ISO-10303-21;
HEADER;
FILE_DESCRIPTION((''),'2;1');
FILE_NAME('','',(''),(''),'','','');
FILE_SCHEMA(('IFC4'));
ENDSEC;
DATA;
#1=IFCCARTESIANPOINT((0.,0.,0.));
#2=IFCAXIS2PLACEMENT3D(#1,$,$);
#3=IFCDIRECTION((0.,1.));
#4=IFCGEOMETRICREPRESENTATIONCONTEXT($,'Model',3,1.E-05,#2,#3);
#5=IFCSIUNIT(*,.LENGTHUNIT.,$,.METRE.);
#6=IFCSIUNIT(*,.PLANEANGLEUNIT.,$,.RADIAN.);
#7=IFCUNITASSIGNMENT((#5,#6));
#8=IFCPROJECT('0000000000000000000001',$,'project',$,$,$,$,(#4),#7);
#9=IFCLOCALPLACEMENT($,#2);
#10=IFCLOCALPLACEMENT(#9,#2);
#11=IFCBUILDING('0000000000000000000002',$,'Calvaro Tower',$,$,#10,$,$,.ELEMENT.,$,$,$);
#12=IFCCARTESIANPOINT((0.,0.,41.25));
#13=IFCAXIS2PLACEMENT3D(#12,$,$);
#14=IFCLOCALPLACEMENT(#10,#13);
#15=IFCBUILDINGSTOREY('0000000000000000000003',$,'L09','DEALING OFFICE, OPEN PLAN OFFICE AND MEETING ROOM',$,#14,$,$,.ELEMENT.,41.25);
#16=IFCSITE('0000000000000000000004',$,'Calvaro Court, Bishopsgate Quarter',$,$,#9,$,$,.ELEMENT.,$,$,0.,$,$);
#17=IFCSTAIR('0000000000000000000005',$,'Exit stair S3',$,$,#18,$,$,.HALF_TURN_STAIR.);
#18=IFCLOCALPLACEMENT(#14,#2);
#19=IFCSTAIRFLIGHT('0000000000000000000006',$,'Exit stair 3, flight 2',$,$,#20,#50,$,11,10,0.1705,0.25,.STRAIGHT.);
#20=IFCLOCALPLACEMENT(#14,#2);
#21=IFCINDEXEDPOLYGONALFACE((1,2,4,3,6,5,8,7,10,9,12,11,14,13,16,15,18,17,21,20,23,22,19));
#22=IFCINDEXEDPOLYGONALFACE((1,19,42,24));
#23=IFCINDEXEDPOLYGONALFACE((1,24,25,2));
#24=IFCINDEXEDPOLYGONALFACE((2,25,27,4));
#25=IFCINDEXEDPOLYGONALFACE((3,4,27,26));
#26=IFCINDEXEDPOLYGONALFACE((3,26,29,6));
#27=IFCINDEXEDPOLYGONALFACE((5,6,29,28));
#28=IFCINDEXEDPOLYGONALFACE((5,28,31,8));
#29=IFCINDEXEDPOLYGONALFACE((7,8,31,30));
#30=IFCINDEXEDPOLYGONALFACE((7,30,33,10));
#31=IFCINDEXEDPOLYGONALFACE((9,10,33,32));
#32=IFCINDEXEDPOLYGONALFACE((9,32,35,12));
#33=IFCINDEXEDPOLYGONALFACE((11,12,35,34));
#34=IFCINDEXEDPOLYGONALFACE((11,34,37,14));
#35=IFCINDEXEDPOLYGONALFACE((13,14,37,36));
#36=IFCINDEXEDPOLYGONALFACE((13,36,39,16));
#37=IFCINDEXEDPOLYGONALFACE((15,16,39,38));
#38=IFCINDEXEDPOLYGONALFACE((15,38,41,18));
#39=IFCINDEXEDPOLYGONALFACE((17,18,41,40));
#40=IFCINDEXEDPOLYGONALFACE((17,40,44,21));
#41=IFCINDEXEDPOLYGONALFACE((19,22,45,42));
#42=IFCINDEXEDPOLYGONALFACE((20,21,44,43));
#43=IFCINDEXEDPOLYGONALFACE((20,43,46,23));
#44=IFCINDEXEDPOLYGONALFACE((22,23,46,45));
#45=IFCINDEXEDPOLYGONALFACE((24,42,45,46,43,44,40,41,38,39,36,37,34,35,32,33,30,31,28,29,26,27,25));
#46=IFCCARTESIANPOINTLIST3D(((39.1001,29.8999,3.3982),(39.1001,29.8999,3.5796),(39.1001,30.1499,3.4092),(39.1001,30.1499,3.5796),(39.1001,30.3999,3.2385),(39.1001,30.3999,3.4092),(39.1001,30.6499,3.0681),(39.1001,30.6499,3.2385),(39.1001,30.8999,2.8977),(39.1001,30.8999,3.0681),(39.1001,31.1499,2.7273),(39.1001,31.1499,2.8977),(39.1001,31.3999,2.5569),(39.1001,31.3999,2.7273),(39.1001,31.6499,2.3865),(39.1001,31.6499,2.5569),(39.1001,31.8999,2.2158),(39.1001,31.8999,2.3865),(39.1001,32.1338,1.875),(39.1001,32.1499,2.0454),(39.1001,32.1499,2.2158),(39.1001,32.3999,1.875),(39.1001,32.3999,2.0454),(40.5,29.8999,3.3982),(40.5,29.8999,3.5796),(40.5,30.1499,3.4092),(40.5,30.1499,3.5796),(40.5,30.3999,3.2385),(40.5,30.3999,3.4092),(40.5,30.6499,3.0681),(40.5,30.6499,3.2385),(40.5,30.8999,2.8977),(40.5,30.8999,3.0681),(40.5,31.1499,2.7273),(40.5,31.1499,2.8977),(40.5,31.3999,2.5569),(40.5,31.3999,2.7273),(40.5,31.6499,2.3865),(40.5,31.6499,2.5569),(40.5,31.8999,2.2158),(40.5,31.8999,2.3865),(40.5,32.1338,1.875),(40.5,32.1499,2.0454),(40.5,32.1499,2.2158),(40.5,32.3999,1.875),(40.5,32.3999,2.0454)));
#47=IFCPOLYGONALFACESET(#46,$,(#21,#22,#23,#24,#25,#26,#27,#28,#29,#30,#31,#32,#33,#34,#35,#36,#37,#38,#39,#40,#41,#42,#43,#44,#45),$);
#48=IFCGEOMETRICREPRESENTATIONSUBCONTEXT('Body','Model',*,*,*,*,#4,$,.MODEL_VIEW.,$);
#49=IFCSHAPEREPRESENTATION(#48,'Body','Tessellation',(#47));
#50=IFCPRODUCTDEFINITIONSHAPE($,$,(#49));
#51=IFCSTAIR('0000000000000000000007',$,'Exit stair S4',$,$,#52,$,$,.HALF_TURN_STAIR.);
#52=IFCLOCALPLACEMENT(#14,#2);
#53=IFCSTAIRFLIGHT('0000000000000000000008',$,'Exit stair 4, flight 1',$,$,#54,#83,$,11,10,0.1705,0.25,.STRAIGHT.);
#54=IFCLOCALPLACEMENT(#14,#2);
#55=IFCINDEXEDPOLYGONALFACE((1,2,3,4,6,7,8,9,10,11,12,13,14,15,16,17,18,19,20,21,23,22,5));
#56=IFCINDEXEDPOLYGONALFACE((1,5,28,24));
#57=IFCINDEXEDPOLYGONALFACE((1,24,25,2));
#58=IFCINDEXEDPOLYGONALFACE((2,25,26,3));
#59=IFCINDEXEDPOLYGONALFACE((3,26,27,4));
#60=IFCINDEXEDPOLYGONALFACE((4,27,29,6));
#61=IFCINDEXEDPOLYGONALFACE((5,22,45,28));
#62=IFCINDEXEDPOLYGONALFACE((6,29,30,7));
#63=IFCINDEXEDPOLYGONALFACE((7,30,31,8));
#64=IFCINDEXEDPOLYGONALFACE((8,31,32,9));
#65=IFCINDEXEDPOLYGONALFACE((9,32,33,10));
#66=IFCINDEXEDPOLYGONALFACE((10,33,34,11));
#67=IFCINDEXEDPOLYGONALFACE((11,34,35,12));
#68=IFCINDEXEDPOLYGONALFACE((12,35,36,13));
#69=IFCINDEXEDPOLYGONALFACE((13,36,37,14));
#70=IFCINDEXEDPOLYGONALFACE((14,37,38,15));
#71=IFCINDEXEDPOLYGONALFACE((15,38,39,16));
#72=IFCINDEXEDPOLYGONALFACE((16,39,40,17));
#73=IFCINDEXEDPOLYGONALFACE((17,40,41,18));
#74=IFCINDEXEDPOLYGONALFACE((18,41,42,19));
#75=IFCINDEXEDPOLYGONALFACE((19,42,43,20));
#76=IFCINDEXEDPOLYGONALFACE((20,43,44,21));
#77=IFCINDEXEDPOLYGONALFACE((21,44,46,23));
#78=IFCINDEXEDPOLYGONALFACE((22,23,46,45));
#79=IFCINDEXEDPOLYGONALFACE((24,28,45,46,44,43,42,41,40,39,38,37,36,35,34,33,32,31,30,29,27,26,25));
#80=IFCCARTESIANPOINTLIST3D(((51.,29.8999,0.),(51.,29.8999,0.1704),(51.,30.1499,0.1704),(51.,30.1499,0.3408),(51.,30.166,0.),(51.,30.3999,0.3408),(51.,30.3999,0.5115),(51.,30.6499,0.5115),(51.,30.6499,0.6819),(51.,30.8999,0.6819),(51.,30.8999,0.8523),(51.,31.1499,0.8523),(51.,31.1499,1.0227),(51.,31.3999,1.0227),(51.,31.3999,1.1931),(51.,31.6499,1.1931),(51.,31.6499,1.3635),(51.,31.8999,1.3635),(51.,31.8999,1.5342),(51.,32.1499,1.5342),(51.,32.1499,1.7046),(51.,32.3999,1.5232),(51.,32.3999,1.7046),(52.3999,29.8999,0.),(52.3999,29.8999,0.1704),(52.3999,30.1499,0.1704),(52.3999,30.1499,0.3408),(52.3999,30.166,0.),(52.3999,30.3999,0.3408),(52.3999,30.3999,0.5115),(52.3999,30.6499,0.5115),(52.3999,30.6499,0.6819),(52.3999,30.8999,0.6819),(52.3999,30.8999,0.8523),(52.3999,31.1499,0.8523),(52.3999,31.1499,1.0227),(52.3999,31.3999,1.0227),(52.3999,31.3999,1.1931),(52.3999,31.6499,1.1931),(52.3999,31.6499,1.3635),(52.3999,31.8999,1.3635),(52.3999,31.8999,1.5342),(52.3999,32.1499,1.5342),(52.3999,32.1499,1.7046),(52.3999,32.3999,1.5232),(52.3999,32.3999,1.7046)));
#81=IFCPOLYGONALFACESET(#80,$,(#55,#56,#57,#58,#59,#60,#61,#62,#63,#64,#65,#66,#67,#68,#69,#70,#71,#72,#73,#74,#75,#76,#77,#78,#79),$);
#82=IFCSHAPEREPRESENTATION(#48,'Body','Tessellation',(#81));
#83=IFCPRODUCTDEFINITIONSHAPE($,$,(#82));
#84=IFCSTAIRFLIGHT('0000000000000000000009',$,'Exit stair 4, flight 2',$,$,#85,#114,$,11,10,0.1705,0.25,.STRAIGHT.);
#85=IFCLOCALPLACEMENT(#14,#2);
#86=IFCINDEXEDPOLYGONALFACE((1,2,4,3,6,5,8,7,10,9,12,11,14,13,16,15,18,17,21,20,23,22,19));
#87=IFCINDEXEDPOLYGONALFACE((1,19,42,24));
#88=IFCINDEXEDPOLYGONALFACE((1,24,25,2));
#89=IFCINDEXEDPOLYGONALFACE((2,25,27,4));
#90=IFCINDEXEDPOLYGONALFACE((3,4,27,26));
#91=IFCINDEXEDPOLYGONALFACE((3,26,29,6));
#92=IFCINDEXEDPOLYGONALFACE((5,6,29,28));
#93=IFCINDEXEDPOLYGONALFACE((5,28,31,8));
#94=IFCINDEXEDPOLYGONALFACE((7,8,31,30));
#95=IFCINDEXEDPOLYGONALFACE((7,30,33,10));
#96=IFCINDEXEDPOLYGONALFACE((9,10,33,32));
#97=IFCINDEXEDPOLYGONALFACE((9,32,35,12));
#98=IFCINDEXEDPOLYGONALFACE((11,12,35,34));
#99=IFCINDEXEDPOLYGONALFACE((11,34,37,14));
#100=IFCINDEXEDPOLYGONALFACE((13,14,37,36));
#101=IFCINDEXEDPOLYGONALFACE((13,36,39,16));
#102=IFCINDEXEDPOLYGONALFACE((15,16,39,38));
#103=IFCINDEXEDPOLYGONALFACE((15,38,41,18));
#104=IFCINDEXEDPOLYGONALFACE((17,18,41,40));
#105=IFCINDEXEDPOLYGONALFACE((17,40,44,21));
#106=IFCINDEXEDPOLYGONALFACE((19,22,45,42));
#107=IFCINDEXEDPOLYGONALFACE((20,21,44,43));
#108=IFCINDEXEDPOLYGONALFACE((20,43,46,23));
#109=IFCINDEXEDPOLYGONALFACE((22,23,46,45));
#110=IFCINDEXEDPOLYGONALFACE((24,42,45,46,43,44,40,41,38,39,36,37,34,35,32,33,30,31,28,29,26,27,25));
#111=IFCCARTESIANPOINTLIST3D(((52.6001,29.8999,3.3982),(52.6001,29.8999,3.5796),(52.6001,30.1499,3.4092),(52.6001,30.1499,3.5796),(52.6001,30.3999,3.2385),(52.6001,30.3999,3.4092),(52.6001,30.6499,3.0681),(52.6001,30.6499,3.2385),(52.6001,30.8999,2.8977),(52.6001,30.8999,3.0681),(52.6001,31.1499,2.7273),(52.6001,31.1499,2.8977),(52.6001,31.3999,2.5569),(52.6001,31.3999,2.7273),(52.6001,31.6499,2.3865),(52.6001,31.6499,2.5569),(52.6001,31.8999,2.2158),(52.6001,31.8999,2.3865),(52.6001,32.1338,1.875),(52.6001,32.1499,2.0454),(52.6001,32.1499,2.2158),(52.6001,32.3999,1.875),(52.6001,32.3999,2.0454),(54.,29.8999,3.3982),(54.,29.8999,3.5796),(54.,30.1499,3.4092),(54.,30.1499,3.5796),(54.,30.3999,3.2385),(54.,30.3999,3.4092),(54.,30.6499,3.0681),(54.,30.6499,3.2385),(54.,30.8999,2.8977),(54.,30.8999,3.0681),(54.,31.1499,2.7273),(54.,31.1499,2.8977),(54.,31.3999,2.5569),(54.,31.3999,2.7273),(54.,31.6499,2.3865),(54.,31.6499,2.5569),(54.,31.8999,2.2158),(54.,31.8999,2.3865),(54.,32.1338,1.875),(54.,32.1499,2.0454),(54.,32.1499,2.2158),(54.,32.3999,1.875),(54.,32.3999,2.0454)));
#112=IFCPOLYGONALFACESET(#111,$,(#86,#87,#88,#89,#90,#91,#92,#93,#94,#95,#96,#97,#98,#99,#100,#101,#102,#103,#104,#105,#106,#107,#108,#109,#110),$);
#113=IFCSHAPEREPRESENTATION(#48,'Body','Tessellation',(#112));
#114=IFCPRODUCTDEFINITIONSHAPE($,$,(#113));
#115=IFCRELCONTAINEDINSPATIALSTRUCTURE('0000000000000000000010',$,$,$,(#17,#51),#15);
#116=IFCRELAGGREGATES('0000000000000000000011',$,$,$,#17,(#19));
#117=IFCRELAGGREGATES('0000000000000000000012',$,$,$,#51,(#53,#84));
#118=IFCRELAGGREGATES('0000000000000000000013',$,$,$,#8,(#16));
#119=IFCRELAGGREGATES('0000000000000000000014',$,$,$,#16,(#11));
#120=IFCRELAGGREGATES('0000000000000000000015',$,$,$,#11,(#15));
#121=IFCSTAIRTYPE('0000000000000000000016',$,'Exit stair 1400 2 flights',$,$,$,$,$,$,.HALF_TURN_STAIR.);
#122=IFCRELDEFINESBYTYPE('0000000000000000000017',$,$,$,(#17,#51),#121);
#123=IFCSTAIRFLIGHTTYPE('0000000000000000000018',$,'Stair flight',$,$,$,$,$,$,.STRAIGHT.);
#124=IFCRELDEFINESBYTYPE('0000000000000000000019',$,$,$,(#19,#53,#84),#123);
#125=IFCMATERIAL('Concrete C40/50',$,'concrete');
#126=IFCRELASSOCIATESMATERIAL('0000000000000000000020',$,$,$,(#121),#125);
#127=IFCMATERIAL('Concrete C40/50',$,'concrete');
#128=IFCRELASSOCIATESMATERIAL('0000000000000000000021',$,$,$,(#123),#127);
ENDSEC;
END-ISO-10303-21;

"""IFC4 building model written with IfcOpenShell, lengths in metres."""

from ifc_helpers import new_model, si_unit, direction, frame, origin, place, context, subcontext, project, spatial, polyline, outline, extrude, material, type_object, element, aggregate, save


model = new_model("IFC4")

# Units and contexts
model_context = context("Model", 3, precision=1e-05, world=origin(), true_north=direction((0.0, 1.0)))
body_context = subcontext(model_context, "Body", "Model", "MODEL_VIEW")
ifc_project = project(units=[si_unit("LENGTHUNIT", "METRE"), si_unit("PLANEANGLEUNIT", "RADIAN")], contexts=[model_context])

# Site, building, storey
site_placement = place(None, origin())
site = spatial("IfcSite", under=ifc_project, at=site_placement, Name="Calvaro Court, Bishopsgate Quarter", CompositionType="ELEMENT", RefElevation=0.0)
building_placement = place(site_placement, origin())
building = spatial("IfcBuilding", under=site, at=building_placement, Name="Calvaro Tower", CompositionType="ELEMENT")
storey_placement = place(building_placement, frame((0.0, 0.0, 41.25)))
storey = spatial("IfcBuildingStorey", under=building, at=storey_placement, Name="L09", Description="DEALING OFFICE, OPEN PLAN OFFICE AND MEETING ROOM", CompositionType="ELEMENT", Elevation=41.25)

# Stair, stair flight
ifc_material_1 = material(Name="Concrete C40/50", Category="concrete")
stair_type = type_object("IfcStairType", Name="Exit stair 1400 2 flights", PredefinedType="HALF_TURN_STAIR", material=ifc_material_1)
stair_1_placement = place(storey_placement, origin())
stair_1 = element("IfcStair", 1, at=stair_1_placement, inside=storey, type_object=stair_type, Name="Exit stair S3", PredefinedType="HALF_TURN_STAIR")
ifc_material_2 = material(Name="Concrete C40/50", Category="concrete")
stair_flight_type = type_object("IfcStairFlightType", Name="Stair flight", PredefinedType="STRAIGHT", material=ifc_material_2)
stair_flight_1_placement = place(storey_placement, frame((39.8, 32.3999, 1.875), z_axis=(0.0, 0.0, 1.0), x_axis=(0.0, -1.0, 0.0)))
stair_flight_1 = element("IfcStairFlight", 2, at=stair_flight_1_placement, type_object=stair_flight_type, Name="Exit stair 3, flight 2", NumberOfRisers=11, NumberOfTreads=10, PredefinedType="STRAIGHT", RiserHeight=0.1705, TreadLength=0.25, context=body_context, shape_type="SweptSolid", body=[
    extrude(outline(polyline([(0.0, 0.0), (0.0, 0.1704), (0.25, 0.1704), (0.25, 0.3408), (0.5, 0.3408), (0.5, 0.5115), (0.75, 0.5115), (0.75, 0.6819), (1.0, 0.6819), (1.0, 0.8523), (1.25, 0.8523), (1.25, 1.0227), (1.5, 1.0227), (1.5, 1.1931), (1.75, 1.1931), (1.75, 1.3635), (2.0, 1.3635), (2.0, 1.5342), (2.25, 1.5342), (2.25, 1.7046), (2.5, 1.7046), (2.5, 1.875), (2.5, 1.5232), (0.2661, 0.0), (0.0, 0.0)])), frame((0.0, 0.7, 0.0), z_axis=(0.0, -1.0, 0.0), x_axis=(1.0, 0.0, 0.0)), (0.0, 0.0, 1.0), 1.3999),
])

# Stair, stair flights
stair_2_placement = place(storey_placement, origin())
stair_2 = element("IfcStair", 3, at=stair_2_placement, inside=storey, type_object=stair_type, Name="Exit stair S4", PredefinedType="HALF_TURN_STAIR")
stair_flight_2_placement = place(storey_placement, frame((51.7, 29.8999, 0.0), z_axis=(0.0, 0.0, 1.0), x_axis=(0.0, 1.0, 0.0)))
stair_flight_2 = element("IfcStairFlight", 4, at=stair_flight_2_placement, type_object=stair_flight_type, Name="Exit stair 4, flight 1", NumberOfRisers=11, NumberOfTreads=10, PredefinedType="STRAIGHT", RiserHeight=0.1705, TreadLength=0.25, context=body_context, shape_type="SweptSolid", body=[
    extrude(outline(polyline([(0.0, 0.0), (0.0, 0.1704), (0.25, 0.1704), (0.25, 0.3408), (0.5, 0.3408), (0.5, 0.5115), (0.75, 0.5115), (0.75, 0.6819), (1.0, 0.6819), (1.0, 0.8523), (1.25, 0.8523), (1.25, 1.0227), (1.5, 1.0227), (1.5, 1.1931), (1.75, 1.1931), (1.75, 1.3635), (2.0, 1.3635), (2.0, 1.5342), (2.25, 1.5342), (2.25, 1.7046), (2.5, 1.7046), (2.5, 1.875), (2.5, 1.5232), (0.2661, 0.0), (0.0, 0.0)])), frame((0.0, 0.7, 0.0), z_axis=(0.0, -1.0, 0.0), x_axis=(1.0, 0.0, 0.0)), (0.0, 0.0, 1.0), 1.3999),
])
stair_flight_3_placement = place(storey_placement, frame((53.3, 32.3999, 1.875), z_axis=(0.0, 0.0, 1.0), x_axis=(0.0, -1.0, 0.0)))
stair_flight_3 = element("IfcStairFlight", 5, at=stair_flight_3_placement, type_object=stair_flight_type, Name="Exit stair 4, flight 2", NumberOfRisers=11, NumberOfTreads=10, PredefinedType="STRAIGHT", RiserHeight=0.1705, TreadLength=0.25, context=body_context, shape_type="SweptSolid", body=[
    extrude(outline(polyline([(0.0, 0.0), (0.0, 0.1704), (0.25, 0.1704), (0.25, 0.3408), (0.5, 0.3408), (0.5, 0.5115), (0.75, 0.5115), (0.75, 0.6819), (1.0, 0.6819), (1.0, 0.8523), (1.25, 0.8523), (1.25, 1.0227), (1.5, 1.0227), (1.5, 1.1931), (1.75, 1.1931), (1.75, 1.3635), (2.0, 1.3635), (2.0, 1.5342), (2.25, 1.5342), (2.25, 1.7046), (2.5, 1.7046), (2.5, 1.875), (2.5, 1.5232), (0.2661, 0.0), (0.0, 0.0)])), frame((0.0, 0.7, 0.0), z_axis=(0.0, -1.0, 0.0), x_axis=(1.0, 0.0, 0.0)), (0.0, 0.0, 1.0), 1.3999),
])

aggregate(stair_1, [stair_flight_1])
aggregate(stair_2, [stair_flight_2, stair_flight_3])

save(model, "model.ifc")
